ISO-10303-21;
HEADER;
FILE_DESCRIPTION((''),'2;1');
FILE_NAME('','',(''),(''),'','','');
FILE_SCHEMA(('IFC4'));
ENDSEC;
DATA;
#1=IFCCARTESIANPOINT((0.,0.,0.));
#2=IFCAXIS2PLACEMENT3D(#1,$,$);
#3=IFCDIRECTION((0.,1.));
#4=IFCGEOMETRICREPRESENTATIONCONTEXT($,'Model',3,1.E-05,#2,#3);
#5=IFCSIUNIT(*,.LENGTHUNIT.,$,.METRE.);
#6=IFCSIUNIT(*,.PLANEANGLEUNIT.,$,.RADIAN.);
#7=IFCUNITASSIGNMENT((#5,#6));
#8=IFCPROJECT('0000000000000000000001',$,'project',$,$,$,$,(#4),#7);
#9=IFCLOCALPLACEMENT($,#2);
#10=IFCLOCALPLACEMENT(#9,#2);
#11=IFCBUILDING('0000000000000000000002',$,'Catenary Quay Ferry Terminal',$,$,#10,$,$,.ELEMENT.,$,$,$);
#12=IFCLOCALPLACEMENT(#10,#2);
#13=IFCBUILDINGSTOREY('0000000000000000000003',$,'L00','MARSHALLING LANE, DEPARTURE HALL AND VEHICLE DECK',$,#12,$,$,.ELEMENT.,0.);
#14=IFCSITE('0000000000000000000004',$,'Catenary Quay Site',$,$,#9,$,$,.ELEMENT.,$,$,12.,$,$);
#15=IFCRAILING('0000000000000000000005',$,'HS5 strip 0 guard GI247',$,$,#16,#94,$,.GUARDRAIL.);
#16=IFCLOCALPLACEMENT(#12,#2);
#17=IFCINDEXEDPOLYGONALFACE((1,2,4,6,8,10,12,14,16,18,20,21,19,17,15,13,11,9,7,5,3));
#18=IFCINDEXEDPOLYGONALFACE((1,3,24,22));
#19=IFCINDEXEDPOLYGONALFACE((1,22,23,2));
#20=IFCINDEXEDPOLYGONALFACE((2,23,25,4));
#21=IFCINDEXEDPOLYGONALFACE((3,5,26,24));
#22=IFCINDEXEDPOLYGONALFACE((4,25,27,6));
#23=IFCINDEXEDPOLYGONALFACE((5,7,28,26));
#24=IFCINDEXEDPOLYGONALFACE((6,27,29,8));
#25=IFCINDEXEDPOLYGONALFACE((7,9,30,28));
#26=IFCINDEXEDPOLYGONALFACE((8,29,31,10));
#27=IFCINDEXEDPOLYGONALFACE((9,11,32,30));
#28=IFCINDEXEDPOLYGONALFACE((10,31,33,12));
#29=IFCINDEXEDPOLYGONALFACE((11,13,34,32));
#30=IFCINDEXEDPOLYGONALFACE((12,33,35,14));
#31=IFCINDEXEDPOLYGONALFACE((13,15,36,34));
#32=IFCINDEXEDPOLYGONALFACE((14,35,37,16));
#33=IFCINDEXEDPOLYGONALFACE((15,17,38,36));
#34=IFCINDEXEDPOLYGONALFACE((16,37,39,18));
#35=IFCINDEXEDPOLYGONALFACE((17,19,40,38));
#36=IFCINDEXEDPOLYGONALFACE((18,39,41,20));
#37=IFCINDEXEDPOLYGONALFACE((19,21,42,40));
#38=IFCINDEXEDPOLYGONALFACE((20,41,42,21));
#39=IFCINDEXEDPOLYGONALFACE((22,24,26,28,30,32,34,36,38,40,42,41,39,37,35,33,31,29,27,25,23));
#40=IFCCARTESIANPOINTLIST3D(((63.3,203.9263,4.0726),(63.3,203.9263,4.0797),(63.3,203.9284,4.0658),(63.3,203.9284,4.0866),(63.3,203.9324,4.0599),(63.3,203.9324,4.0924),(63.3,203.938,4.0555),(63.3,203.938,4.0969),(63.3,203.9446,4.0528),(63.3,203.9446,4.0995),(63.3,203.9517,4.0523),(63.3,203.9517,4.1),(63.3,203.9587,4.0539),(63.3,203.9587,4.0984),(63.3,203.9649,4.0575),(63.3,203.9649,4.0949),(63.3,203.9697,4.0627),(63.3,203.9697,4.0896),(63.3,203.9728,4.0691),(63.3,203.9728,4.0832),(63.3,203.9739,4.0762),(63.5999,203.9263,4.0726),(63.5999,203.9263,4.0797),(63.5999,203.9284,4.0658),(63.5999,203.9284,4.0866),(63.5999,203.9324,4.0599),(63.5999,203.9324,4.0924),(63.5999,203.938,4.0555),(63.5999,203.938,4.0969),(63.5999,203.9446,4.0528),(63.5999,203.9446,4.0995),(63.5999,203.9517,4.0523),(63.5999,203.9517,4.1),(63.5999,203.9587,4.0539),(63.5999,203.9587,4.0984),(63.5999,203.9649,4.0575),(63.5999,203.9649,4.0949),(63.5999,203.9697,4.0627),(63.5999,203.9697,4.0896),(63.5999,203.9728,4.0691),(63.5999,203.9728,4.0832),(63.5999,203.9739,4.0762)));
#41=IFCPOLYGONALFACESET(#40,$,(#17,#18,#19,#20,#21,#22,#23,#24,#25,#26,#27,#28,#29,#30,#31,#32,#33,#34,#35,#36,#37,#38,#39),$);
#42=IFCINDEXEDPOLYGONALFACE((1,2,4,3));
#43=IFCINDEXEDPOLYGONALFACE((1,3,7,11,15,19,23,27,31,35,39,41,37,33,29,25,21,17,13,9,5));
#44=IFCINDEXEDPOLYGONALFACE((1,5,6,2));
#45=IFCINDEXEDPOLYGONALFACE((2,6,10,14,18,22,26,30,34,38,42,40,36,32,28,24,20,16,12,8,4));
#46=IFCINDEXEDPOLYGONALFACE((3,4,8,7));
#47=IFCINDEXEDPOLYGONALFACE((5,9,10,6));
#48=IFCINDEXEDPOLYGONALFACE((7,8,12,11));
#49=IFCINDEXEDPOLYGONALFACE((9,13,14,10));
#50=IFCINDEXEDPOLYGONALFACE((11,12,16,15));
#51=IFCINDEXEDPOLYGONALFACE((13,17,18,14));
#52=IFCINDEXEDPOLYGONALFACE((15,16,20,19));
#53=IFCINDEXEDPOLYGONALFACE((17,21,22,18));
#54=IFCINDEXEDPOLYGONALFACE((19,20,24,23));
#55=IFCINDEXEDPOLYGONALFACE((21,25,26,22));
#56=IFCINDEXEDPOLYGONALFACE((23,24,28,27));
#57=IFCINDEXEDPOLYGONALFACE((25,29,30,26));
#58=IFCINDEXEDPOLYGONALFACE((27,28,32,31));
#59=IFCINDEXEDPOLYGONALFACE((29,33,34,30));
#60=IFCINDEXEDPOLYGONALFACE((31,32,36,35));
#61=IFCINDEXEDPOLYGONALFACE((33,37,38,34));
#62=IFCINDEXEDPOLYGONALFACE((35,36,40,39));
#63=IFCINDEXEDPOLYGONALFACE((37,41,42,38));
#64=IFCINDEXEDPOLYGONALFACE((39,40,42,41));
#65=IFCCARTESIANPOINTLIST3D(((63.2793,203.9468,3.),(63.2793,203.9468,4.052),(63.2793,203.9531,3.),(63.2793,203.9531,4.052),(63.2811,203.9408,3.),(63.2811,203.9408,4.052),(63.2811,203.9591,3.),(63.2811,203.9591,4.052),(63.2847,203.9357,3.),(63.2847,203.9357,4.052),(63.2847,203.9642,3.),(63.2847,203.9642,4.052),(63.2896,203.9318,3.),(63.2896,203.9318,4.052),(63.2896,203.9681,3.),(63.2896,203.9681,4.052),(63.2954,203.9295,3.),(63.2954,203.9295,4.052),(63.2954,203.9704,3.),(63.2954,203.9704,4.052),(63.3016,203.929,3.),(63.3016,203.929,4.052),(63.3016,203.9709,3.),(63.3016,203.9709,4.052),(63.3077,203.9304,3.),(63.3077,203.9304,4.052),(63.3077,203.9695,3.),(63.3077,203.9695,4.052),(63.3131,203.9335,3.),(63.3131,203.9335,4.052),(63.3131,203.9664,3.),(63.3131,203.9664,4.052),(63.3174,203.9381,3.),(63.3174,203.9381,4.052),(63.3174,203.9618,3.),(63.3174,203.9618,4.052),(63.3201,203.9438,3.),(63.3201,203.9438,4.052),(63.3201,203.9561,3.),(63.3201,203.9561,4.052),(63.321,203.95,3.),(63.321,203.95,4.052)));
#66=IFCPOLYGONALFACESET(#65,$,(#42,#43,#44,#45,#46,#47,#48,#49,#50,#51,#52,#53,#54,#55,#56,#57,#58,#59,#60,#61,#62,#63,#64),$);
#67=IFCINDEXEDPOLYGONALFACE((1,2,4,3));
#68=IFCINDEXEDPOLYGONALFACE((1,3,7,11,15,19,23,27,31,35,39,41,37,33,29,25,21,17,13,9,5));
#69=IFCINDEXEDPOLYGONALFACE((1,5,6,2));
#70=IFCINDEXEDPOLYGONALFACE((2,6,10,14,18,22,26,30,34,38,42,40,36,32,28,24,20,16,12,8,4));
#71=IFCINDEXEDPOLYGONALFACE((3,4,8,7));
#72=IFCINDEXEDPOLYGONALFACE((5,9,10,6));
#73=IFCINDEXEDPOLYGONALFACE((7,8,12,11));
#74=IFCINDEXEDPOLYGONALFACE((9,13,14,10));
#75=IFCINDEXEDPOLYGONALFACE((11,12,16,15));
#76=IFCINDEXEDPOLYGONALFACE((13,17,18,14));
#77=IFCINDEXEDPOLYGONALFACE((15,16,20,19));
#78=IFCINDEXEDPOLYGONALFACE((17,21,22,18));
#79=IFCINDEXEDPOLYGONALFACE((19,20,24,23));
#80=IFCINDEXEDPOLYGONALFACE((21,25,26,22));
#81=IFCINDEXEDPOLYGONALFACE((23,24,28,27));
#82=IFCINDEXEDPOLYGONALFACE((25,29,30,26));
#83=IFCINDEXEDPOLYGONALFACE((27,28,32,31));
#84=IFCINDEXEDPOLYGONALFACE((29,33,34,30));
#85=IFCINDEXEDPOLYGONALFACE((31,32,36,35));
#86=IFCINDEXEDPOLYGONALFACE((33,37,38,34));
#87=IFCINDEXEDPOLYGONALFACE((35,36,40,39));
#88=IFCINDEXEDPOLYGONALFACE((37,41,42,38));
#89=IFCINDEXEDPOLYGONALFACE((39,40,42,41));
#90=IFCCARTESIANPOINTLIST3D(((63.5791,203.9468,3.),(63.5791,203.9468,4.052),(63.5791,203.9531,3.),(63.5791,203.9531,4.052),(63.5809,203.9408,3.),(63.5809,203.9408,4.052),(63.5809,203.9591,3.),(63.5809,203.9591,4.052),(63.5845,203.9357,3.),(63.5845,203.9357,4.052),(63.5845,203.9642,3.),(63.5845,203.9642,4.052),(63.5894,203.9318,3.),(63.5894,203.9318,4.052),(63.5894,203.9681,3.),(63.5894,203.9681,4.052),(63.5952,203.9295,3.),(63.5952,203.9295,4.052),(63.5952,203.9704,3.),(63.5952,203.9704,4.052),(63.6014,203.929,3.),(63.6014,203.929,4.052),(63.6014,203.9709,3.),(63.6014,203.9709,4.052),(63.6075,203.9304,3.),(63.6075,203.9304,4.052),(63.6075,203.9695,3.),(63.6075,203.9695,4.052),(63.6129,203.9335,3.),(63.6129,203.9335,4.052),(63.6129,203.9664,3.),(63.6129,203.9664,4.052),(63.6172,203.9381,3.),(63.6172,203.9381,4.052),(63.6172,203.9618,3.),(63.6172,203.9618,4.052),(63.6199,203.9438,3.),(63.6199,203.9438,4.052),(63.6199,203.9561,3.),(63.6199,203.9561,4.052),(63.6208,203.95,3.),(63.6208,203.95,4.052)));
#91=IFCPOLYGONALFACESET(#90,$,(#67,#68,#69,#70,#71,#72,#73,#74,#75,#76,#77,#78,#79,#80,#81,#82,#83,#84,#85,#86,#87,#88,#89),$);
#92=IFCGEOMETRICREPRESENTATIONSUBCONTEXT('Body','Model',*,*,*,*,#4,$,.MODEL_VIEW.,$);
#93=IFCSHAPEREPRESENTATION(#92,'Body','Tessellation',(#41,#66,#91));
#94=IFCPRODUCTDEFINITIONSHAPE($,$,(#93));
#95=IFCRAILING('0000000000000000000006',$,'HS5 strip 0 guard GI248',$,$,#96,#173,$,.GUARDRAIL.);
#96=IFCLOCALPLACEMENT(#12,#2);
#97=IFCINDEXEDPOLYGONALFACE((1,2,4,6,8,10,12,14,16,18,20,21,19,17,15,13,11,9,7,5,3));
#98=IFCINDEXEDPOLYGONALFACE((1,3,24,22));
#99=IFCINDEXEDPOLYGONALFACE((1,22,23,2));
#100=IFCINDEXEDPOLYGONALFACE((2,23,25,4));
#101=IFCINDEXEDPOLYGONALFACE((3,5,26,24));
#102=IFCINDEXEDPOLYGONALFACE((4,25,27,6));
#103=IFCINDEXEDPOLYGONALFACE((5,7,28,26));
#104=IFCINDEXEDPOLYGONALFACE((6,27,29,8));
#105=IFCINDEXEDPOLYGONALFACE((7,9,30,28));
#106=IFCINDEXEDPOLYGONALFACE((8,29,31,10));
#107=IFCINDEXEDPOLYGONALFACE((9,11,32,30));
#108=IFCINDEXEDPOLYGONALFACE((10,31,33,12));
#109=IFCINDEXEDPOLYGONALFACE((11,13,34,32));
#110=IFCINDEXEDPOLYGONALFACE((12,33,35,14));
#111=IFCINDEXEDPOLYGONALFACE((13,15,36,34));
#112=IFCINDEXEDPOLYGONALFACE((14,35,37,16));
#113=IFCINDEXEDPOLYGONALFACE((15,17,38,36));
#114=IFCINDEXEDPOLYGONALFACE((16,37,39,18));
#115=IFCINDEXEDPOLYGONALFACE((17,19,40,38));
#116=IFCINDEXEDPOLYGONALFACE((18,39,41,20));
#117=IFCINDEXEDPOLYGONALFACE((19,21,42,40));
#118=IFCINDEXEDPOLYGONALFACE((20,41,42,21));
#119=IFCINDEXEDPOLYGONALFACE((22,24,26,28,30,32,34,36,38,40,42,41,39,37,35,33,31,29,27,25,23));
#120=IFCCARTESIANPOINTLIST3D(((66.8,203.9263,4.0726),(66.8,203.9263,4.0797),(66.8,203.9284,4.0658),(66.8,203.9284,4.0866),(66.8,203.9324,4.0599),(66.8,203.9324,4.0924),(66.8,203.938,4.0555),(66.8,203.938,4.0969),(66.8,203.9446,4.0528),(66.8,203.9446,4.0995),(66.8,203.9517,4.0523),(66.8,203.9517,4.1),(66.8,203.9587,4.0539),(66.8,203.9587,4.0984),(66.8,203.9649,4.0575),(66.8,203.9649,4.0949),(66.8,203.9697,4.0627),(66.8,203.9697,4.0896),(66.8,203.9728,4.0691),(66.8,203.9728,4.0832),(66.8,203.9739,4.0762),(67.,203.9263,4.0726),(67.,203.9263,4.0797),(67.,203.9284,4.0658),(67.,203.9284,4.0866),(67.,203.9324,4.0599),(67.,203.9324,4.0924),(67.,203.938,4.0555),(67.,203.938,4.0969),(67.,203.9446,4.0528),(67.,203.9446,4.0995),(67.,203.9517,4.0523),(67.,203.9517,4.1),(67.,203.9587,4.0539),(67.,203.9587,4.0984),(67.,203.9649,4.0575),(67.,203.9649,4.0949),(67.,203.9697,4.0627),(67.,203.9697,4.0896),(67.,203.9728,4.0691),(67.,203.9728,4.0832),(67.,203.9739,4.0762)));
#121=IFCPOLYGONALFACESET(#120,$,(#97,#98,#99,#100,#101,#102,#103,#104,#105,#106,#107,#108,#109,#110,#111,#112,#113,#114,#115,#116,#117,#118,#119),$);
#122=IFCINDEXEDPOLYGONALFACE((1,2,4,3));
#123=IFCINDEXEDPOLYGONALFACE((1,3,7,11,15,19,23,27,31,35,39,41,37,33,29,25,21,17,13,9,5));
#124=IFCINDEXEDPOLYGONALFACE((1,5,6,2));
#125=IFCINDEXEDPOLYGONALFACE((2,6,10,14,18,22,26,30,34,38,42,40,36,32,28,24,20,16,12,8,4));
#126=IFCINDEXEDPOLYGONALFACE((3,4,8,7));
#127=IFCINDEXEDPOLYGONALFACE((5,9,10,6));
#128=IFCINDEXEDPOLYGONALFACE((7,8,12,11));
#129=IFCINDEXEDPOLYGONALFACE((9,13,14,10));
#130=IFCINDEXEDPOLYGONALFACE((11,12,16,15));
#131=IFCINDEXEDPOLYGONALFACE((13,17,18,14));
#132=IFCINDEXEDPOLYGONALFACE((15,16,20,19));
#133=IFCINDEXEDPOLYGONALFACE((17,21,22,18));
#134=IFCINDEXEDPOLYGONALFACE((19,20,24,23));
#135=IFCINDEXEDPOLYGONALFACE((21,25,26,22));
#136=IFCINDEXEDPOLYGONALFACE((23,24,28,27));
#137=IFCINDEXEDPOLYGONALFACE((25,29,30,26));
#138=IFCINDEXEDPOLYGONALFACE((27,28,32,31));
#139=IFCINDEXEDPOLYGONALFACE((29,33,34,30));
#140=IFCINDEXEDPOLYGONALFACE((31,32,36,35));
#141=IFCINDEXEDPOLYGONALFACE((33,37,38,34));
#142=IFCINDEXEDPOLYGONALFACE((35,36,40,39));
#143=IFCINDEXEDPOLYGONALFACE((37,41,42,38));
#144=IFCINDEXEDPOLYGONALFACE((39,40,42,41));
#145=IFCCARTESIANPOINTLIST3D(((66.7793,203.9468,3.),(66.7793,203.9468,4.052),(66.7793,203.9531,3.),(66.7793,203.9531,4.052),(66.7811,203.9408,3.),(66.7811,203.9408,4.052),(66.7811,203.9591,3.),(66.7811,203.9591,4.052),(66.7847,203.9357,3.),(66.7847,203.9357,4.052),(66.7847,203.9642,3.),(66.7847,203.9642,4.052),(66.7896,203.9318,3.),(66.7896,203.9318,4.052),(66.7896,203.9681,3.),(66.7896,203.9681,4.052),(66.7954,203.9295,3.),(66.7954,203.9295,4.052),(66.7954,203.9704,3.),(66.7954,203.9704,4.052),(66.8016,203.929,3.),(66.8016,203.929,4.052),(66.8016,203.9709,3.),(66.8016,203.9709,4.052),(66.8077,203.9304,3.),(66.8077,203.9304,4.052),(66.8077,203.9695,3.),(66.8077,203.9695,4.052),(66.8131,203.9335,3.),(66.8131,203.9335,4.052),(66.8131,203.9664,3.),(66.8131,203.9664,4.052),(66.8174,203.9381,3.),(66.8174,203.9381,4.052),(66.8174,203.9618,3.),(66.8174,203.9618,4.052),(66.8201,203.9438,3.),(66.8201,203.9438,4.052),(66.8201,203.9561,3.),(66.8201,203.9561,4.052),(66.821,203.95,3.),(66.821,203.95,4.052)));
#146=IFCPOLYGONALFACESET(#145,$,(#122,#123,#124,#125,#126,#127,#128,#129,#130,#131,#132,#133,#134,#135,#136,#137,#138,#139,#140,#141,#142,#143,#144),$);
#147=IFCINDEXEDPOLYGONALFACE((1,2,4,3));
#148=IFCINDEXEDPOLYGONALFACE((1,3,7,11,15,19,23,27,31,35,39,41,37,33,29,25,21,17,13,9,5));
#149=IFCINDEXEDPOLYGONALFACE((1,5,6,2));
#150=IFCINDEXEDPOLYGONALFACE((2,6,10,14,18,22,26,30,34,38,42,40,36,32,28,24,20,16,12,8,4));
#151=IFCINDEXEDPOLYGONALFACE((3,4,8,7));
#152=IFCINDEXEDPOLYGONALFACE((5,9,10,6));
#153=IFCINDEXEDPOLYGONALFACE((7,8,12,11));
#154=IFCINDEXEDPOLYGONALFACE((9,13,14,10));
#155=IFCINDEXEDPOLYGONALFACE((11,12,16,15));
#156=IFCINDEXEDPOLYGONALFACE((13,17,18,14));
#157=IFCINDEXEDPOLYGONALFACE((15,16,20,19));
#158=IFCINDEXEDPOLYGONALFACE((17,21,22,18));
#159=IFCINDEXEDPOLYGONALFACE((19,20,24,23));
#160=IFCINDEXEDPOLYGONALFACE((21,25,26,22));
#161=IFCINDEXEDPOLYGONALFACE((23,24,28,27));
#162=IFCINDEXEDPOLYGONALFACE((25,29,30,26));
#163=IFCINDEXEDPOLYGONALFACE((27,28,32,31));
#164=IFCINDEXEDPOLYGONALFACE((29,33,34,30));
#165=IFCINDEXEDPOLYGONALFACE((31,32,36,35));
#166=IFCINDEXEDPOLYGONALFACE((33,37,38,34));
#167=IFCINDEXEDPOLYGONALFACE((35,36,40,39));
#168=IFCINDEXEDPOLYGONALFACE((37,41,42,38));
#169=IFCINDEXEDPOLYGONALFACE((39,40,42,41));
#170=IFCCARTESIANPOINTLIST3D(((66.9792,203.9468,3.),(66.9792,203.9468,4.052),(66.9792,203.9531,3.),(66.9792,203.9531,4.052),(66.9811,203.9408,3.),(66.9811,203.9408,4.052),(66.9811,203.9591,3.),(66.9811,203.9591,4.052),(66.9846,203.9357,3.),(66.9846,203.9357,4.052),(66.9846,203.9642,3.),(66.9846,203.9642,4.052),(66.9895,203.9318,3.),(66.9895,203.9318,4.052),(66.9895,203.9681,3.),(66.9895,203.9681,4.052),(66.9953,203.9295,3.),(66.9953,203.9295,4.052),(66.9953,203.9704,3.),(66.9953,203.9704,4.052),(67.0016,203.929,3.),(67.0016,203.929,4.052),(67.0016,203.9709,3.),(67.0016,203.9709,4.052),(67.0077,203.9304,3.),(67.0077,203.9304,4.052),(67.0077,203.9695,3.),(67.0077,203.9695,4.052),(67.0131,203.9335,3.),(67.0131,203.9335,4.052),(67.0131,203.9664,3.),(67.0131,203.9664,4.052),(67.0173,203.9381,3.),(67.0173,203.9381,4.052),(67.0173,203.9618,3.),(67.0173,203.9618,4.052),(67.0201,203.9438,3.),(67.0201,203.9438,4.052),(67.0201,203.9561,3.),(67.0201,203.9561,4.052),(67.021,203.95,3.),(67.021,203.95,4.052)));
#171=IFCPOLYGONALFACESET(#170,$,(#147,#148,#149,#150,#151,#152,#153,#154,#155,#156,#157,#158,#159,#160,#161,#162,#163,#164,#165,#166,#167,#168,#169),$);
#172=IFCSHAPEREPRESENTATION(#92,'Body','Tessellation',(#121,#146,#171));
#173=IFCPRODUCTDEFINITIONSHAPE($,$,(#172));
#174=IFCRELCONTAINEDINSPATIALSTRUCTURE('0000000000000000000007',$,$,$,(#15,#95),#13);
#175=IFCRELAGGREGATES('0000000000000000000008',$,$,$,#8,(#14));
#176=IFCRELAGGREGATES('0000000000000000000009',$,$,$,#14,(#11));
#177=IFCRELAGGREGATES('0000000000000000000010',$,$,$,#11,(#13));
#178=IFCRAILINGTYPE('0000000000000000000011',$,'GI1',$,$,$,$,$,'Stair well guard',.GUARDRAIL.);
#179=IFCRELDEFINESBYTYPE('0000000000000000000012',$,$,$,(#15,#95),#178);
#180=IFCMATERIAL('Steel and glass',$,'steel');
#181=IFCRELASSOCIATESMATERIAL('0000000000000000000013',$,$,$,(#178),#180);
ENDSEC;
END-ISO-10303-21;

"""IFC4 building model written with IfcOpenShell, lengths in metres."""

from ifc_helpers import new_model, si_unit, direction, frame, origin, origin_2d, place, context, subcontext, project, spatial, circle, extrude, material, type_object, element, save


model = new_model("IFC4")

# Units and contexts
model_context = context("Model", 3, precision=1e-05, world=origin(), true_north=direction((0.0, 1.0)))
body_context = subcontext(model_context, "Body", "Model", "MODEL_VIEW")
ifc_project = project(units=[si_unit("LENGTHUNIT", "METRE"), si_unit("PLANEANGLEUNIT", "RADIAN")], contexts=[model_context])

# Site, building, storey
site_placement = place(None, origin())
site = spatial("IfcSite", under=ifc_project, at=site_placement, Name="Catenary Quay Site", CompositionType="ELEMENT", RefElevation=12.0)
building_placement = place(site_placement, origin())
building = spatial("IfcBuilding", under=site, at=building_placement, Name="Catenary Quay Ferry Terminal", CompositionType="ELEMENT")
storey_placement = place(building_placement, origin())
storey = spatial("IfcBuildingStorey", under=building, at=storey_placement, Name="L00", Description="MARSHALLING LANE, DEPARTURE HALL AND VEHICLE DECK", CompositionType="ELEMENT", Elevation=0.0)

# Railings
ifc_material_1 = material(Name="Steel and glass", Category="steel")
railing_type_1 = type_object("IfcRailingType", Name="GI1", ElementType="Stair well guard", PredefinedType="GUARDRAIL", material=ifc_material_1)
railing_1_placement = place(storey_placement, frame((63.3, 203.95, 3.0)))
element("IfcRailing", 1, at=railing_1_placement, inside=storey, type_object=railing_type_1, Name="HS5 strip 0 guard GI247", PredefinedType="GUARDRAIL", context=body_context, shape_type="SweptSolid", body=[
    extrude(circle(Radius=0.0239, at=origin_2d()), frame((0.0, 0.0, 1.0762), z_axis=(1.0, 0.0, 0.0), x_axis=(0.0, 1.0, 0.0)), (0.0, 0.0, 1.0), 0.2998),
    extrude(circle(Radius=0.021, at=origin_2d()), origin(), (0.0, 0.0, 1.0), 1.052),
    extrude(circle(Radius=0.021, at=origin_2d()), frame((0.2998, 0.0, 0.0)), (0.0, 0.0, 1.0), 1.052),
])
railing_2_placement = place(storey_placement, frame((66.8, 203.95, 3.0)))
element("IfcRailing", 2, at=railing_2_placement, inside=storey, type_object=railing_type_1, Name="HS5 strip 0 guard GI248", PredefinedType="GUARDRAIL", context=body_context, shape_type="SweptSolid", body=[
    extrude(circle(Radius=0.0239, at=origin_2d()), frame((0.0, 0.0, 1.0762), z_axis=(1.0, 0.0, 0.0), x_axis=(0.0, 1.0, 0.0)), (0.0, 0.0, 1.0), 0.2),
    extrude(circle(Radius=0.021, at=origin_2d()), origin(), (0.0, 0.0, 1.0), 1.052),
    extrude(circle(Radius=0.021, at=origin_2d()), frame((0.2, 0.0, 0.0)), (0.0, 0.0, 1.0), 1.052),
])

save(model, "model.ifc")
